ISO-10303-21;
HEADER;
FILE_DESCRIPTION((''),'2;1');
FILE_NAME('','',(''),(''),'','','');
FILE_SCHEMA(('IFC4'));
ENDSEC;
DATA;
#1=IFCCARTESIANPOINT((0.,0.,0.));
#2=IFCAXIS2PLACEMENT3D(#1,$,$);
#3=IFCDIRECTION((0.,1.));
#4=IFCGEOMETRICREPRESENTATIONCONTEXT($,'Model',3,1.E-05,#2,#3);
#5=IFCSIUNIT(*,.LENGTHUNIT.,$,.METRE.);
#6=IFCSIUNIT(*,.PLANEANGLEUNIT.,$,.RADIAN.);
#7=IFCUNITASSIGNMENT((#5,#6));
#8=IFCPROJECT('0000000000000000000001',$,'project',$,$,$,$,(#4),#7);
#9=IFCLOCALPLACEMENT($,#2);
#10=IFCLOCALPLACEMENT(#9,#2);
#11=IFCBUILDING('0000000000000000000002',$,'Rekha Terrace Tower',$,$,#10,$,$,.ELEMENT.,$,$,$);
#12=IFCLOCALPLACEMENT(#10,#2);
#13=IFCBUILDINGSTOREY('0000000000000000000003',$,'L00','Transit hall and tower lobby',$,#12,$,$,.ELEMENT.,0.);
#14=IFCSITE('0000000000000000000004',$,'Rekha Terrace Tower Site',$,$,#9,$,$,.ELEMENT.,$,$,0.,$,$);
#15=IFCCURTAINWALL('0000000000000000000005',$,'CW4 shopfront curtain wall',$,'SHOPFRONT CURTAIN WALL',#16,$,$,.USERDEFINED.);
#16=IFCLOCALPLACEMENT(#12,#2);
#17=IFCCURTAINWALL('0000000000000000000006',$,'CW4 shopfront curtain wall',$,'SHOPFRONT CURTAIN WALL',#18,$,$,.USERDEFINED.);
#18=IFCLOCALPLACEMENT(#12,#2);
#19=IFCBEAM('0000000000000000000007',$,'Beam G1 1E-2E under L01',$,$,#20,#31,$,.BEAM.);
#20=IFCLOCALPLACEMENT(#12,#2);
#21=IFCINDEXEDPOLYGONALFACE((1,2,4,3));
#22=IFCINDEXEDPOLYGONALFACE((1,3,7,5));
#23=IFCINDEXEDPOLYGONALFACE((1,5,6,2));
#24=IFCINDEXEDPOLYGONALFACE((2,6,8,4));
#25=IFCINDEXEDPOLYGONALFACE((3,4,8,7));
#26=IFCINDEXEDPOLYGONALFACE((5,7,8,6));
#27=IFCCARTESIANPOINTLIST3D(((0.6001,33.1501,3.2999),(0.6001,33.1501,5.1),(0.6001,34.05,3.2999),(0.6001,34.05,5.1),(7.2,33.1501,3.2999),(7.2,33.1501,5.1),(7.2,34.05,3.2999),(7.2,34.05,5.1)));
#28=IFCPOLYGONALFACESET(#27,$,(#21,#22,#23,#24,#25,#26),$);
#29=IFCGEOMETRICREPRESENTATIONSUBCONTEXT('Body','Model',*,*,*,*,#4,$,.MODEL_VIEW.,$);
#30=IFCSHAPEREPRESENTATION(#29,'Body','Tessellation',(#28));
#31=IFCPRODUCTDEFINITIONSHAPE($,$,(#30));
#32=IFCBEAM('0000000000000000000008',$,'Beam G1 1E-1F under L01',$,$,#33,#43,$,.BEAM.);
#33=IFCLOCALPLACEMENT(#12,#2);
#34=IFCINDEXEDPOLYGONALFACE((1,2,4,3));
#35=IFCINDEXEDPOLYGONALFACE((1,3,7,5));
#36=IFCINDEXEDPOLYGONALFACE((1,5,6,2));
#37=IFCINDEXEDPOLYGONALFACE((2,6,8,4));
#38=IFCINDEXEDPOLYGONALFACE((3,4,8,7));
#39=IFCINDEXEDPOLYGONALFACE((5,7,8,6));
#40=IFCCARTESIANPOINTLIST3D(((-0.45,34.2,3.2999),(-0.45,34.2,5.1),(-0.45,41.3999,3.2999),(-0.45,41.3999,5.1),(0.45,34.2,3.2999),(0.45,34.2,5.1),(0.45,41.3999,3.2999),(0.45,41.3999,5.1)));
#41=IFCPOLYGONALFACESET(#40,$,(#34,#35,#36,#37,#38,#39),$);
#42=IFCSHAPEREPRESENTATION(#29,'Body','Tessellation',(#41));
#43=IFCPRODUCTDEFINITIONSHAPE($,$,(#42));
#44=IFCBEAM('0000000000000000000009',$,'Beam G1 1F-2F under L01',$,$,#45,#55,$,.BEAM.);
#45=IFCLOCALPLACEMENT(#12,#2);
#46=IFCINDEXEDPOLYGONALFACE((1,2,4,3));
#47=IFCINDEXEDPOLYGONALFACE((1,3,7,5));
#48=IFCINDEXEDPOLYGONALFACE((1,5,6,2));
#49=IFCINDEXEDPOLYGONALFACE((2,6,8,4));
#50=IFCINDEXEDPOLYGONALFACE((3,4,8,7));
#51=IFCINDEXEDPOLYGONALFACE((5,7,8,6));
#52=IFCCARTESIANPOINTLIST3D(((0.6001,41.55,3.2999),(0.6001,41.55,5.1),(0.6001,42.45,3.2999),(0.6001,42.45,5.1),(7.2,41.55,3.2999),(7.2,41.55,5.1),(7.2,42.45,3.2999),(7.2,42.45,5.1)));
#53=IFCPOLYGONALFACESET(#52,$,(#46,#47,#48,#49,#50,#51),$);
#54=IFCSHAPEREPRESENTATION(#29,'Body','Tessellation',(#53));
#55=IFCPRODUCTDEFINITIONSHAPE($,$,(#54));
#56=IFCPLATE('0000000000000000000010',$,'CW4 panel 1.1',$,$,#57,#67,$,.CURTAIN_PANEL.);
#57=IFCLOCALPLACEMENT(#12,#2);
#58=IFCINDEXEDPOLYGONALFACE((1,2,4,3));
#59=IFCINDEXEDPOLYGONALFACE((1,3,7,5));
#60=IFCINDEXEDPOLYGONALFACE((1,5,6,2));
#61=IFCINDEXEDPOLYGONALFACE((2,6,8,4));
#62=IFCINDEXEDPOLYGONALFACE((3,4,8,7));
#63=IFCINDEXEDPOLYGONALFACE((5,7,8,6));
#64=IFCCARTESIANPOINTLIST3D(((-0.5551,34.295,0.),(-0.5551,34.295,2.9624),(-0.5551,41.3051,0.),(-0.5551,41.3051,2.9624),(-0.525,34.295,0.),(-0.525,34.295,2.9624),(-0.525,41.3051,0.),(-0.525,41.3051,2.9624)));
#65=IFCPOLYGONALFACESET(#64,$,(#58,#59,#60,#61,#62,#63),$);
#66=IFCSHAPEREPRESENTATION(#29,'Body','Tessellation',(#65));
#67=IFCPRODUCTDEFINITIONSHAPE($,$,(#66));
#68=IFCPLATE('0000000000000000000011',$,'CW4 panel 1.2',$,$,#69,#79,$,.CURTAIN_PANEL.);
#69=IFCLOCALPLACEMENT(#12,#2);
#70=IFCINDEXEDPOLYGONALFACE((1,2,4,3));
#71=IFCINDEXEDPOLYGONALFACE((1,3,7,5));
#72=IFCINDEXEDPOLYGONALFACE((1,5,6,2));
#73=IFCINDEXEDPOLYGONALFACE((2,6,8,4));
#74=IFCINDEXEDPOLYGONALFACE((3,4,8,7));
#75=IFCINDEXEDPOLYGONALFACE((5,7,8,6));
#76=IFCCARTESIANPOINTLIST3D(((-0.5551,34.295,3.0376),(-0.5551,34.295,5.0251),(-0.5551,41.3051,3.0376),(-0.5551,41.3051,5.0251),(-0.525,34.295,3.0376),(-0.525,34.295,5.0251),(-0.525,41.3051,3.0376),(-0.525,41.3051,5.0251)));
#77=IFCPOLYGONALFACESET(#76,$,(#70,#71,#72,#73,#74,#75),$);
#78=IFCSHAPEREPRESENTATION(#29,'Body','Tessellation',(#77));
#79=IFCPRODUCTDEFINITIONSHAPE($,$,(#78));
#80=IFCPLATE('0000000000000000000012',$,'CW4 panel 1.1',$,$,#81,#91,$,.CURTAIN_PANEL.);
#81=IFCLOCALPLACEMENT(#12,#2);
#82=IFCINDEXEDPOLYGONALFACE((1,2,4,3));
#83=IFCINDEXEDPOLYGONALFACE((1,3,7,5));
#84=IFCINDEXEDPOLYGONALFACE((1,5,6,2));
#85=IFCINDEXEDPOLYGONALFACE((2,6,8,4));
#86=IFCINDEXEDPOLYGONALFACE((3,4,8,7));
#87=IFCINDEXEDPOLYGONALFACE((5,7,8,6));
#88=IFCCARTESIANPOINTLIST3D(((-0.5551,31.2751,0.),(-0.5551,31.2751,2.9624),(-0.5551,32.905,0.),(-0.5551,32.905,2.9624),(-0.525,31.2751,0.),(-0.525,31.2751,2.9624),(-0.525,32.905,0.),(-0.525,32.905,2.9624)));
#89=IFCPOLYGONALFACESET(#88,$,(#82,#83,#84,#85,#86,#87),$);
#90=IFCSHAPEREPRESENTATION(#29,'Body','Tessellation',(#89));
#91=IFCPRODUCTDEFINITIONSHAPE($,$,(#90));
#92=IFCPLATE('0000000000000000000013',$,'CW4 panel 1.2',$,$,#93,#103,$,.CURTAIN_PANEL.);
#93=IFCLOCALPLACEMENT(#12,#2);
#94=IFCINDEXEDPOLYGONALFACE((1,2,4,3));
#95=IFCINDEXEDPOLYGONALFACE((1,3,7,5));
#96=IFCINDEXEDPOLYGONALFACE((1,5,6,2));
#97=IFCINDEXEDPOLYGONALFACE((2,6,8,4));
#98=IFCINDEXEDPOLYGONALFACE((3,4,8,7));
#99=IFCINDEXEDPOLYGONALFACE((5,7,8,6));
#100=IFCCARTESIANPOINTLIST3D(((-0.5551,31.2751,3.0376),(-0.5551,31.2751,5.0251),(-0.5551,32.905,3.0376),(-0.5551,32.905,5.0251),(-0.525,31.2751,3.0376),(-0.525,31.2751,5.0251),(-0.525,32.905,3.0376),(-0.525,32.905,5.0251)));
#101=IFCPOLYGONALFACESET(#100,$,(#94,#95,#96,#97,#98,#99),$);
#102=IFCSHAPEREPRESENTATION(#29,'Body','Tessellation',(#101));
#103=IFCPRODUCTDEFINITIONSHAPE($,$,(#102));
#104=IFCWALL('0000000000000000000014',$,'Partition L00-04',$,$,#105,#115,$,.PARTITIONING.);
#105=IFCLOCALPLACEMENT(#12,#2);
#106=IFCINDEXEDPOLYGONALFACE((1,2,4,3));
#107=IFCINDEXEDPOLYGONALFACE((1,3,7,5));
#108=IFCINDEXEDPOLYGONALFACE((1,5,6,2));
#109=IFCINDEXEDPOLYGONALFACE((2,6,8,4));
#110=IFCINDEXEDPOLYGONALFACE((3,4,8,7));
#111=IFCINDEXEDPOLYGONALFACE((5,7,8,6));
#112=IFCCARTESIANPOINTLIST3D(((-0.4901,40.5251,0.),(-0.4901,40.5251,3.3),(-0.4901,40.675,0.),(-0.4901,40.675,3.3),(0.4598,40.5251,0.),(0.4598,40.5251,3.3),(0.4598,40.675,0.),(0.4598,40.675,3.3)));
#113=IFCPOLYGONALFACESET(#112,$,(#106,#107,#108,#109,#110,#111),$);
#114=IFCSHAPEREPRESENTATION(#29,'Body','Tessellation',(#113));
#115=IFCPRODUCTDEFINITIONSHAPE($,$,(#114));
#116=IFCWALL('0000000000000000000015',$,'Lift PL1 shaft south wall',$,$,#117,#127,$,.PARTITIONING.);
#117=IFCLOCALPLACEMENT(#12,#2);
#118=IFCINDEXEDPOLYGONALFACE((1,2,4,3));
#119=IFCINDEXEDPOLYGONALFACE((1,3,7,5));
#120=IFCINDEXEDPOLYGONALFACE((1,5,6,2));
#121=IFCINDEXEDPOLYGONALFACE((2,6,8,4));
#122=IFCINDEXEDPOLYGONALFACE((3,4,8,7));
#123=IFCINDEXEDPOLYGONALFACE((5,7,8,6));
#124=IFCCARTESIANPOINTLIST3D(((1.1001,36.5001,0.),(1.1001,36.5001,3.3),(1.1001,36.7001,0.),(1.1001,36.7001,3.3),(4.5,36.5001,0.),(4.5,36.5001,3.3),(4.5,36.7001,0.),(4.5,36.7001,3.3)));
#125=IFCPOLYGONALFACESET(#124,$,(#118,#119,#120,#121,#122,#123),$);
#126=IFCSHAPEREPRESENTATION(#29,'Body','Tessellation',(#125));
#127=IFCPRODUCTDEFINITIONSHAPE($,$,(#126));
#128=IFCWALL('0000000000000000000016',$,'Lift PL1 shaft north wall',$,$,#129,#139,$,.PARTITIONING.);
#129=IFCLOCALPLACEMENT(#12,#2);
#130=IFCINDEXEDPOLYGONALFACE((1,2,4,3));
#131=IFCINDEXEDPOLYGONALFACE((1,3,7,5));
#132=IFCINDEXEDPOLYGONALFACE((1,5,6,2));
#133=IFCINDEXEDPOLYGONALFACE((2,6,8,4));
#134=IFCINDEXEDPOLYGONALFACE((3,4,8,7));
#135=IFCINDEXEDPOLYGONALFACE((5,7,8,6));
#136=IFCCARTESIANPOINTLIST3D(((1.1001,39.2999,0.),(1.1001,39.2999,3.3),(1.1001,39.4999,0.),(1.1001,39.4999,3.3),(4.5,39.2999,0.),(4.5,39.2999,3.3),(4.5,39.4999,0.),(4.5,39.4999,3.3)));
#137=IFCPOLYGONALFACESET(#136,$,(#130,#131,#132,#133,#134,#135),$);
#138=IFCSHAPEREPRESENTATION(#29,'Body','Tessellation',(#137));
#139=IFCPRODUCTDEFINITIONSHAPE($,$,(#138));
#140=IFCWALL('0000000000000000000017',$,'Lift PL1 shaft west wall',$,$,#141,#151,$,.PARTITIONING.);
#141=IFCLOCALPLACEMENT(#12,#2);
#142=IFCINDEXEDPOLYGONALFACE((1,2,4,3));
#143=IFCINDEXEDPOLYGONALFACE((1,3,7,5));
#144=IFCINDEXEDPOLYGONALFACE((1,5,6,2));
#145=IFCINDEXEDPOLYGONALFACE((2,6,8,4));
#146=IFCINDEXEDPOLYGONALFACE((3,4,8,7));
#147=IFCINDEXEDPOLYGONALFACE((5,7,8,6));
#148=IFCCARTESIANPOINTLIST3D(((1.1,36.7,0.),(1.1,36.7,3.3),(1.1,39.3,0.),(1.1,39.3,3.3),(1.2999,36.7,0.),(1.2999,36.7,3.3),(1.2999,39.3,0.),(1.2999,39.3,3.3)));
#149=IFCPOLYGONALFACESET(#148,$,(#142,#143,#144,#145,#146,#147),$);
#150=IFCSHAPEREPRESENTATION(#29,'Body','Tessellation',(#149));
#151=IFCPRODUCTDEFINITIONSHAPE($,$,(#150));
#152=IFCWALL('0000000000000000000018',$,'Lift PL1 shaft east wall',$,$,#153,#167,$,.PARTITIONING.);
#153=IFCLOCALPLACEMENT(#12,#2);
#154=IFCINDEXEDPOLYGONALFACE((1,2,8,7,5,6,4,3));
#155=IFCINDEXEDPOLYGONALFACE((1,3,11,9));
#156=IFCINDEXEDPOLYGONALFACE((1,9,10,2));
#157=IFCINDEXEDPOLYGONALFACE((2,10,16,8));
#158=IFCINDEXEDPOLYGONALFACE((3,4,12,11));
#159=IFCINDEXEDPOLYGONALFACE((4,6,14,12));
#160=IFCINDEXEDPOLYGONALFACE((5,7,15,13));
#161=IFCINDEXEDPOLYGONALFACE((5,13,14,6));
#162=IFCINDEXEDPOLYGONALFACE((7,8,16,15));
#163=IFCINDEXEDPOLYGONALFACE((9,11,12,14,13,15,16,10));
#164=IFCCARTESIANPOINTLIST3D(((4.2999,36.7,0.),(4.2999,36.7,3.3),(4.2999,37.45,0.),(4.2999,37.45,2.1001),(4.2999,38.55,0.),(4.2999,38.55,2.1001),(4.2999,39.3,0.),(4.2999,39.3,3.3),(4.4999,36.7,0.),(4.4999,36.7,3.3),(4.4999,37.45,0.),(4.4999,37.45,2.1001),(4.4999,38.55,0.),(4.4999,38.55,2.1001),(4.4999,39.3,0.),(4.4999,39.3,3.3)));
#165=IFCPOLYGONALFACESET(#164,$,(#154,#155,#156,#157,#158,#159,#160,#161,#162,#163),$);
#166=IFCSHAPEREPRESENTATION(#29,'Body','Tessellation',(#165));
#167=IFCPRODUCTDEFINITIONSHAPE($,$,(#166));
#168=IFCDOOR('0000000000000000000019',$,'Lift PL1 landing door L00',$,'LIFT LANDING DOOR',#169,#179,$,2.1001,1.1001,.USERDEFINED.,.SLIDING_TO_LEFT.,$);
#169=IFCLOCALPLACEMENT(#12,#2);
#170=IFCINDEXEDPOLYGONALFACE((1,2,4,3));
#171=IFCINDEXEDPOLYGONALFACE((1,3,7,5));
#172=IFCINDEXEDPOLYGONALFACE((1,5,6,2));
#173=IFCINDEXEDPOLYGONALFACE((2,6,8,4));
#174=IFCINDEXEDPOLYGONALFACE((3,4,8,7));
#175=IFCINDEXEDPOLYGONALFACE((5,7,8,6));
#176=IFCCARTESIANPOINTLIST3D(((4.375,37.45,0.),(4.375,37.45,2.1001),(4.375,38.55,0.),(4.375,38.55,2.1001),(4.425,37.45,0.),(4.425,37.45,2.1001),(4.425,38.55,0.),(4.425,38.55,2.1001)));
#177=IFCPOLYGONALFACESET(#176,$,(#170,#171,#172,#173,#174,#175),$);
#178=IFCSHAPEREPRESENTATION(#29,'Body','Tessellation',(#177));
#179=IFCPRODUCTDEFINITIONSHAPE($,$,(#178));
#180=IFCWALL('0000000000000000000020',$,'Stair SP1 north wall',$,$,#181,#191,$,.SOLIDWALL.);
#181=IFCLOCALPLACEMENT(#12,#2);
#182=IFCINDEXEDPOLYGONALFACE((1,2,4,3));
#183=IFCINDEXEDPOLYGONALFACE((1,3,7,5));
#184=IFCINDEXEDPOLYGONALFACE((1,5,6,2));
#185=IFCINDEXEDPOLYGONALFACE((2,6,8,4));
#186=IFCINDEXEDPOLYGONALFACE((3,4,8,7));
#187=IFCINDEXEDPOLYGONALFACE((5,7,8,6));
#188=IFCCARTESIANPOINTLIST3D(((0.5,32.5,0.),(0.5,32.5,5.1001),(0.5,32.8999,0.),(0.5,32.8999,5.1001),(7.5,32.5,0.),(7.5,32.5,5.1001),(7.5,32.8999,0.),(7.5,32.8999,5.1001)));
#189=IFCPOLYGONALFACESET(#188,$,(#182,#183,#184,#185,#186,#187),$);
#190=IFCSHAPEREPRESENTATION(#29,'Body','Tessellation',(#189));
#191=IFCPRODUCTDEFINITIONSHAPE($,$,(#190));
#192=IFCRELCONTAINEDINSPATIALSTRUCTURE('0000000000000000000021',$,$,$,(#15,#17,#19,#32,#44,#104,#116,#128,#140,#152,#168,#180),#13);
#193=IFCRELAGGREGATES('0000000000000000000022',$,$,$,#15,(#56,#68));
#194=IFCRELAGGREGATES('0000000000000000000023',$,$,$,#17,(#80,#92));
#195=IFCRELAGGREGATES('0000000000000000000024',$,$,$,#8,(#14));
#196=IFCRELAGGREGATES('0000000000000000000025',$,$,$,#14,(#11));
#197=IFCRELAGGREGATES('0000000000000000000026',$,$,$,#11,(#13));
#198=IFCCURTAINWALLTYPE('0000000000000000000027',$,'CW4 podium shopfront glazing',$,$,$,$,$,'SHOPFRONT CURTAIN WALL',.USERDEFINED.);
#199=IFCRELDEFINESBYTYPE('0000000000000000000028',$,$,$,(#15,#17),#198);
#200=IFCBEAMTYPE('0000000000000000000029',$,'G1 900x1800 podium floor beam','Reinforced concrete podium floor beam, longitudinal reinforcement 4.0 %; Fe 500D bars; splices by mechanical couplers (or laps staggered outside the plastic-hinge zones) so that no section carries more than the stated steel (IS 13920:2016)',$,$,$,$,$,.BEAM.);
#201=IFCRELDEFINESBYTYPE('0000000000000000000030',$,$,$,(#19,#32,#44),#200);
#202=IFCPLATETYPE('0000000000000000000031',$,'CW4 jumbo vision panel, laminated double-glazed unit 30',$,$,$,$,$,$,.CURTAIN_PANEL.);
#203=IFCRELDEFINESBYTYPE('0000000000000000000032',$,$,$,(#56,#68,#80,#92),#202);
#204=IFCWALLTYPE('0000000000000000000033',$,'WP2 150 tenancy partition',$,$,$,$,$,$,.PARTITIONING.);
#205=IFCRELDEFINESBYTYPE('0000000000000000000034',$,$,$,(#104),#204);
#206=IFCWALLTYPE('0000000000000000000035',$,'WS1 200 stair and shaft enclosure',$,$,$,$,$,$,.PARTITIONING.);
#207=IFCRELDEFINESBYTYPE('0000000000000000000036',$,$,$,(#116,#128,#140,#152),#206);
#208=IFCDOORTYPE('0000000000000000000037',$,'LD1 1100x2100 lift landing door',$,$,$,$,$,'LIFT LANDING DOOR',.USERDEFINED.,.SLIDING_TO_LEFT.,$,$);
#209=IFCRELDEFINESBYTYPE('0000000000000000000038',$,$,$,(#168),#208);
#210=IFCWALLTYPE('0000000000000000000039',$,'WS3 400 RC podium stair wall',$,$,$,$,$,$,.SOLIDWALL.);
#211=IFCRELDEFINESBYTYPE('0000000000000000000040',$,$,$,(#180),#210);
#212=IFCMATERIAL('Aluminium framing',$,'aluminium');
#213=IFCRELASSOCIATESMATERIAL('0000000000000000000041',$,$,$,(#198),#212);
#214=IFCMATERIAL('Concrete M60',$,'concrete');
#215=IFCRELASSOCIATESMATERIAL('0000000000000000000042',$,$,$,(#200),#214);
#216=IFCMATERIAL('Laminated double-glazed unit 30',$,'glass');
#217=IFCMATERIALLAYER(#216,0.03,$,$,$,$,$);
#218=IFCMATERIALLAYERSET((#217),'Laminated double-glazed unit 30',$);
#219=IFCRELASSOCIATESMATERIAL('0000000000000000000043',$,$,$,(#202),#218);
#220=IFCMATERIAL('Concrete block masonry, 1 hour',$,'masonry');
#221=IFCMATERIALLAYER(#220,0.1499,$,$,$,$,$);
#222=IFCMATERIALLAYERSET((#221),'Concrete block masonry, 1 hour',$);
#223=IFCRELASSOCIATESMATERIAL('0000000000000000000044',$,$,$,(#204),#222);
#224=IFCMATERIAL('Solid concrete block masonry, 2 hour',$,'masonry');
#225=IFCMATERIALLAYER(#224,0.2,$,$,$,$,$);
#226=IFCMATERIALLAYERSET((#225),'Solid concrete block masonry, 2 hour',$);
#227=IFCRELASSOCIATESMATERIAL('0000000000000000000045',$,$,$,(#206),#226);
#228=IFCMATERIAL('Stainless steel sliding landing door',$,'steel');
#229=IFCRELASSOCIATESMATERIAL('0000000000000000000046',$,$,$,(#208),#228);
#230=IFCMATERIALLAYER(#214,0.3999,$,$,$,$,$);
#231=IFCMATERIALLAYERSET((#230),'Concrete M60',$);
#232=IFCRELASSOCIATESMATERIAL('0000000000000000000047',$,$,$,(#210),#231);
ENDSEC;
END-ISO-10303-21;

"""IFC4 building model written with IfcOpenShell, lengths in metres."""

from ifc_helpers import new_model, si_unit, direction, frame, frame_2d, origin, origin_2d, place, context, subcontext, project, spatial, rectangle, extrude, material, layer, layer_set, material_profile, profile_set, type_object, element, fill, aggregate, save


model = new_model("IFC4")

# Units and contexts
model_context = context("Model", 3, precision=1e-05, world=origin(), true_north=direction((0.0, 1.0)))
body_context = subcontext(model_context, "Body", "Model", "MODEL_VIEW")
ifc_project = project(units=[si_unit("LENGTHUNIT", "METRE"), si_unit("PLANEANGLEUNIT", "RADIAN")], contexts=[model_context])

# Site, building, storey
site_placement = place(None, origin())
site = spatial("IfcSite", under=ifc_project, at=site_placement, Name="Rekha Terrace Tower Site", CompositionType="ELEMENT", RefElevation=0.0)
building_placement = place(site_placement, origin())
building = spatial("IfcBuilding", under=site, at=building_placement, Name="Rekha Terrace Tower", CompositionType="ELEMENT")
storey_placement = place(building_placement, origin())
storey = spatial("IfcBuildingStorey", under=building, at=storey_placement, Name="L00", Description="Transit hall and tower lobby", CompositionType="ELEMENT", Elevation=0.0)

# Shared definitions
ifc_material_1 = material(Name="Concrete M60", Category="concrete")

# Curtain walls
ifc_material_2 = material(Name="Aluminium framing", Category="aluminium")
curtain_wall_type = type_object("IfcCurtainWallType", Name="CW4 podium shopfront glazing", ElementType="SHOPFRONT CURTAIN WALL", PredefinedType="USERDEFINED", material=ifc_material_2)
curtain_wall_1_placement = place(storey_placement, origin())
curtain_wall_1 = element("IfcCurtainWall", 1, at=curtain_wall_1_placement, inside=storey, type_object=curtain_wall_type, Name="CW4 shopfront curtain wall", ObjectType="SHOPFRONT CURTAIN WALL", PredefinedType="USERDEFINED")
curtain_wall_2_placement = place(storey_placement, origin())
curtain_wall_2 = element("IfcCurtainWall", 2, at=curtain_wall_2_placement, inside=storey, type_object=curtain_wall_type, Name="CW4 shopfront curtain wall", ObjectType="SHOPFRONT CURTAIN WALL", PredefinedType="USERDEFINED")

# Beams
ifc_material_profile_1 = material_profile(ifc_material_1, rectangle(XDim=0.8999, YDim=1.8, at=origin_2d()), Name="RC 900x1800")
ifc_profile_set_1 = profile_set([ifc_material_profile_1], Name="Concrete M60")
beam_type = type_object("IfcBeamType", Name="G1 900x1800 podium floor beam", Description="Reinforced concrete podium floor beam, longitudinal reinforcement 4.0 %; Fe 500D bars; splices by mechanical couplers (or laps staggered outside the plastic-hinge zones) so that no section carries more than the stated steel (IS 13920:2016)", PredefinedType="BEAM", material=ifc_profile_set_1)
beam_1_placement = place(storey_placement, frame((0.6001, 33.6001, 4.2), z_axis=(1.0, 0.0, 0.0), x_axis=(0.0, 1.0, 0.0)))
element("IfcBeam", 3, at=beam_1_placement, inside=storey, type_object=beam_type, Name="Beam G1 1E-2E under L01", PredefinedType="BEAM", context=body_context, shape_type="SweptSolid", body=[
    extrude(rectangle(XDim=0.8999, YDim=1.8, at=origin_2d()), origin(), (0.0, 0.0, 1.0), 6.5999),
])
beam_2_placement = place(storey_placement, frame((0.0, 34.2, 4.2), z_axis=(0.0, 1.0, 0.0), x_axis=(-1.0, 0.0, 0.0)))
element("IfcBeam", 4, at=beam_2_placement, inside=storey, type_object=beam_type, Name="Beam G1 1E-1F under L01", PredefinedType="BEAM", context=body_context, shape_type="SweptSolid", body=[
    extrude(rectangle(XDim=0.8999, YDim=1.8, at=origin_2d()), origin(), (0.0, 0.0, 1.0), 7.2),
])
beam_3_placement = place(storey_placement, frame((0.6001, 42.0, 4.2), z_axis=(1.0, 0.0, 0.0), x_axis=(0.0, 1.0, 0.0)))
element("IfcBeam", 5, at=beam_3_placement, inside=storey, type_object=beam_type, Name="Beam G1 1F-2F under L01", PredefinedType="BEAM", context=body_context, shape_type="SweptSolid", body=[
    extrude(rectangle(XDim=0.8999, YDim=1.8, at=origin_2d()), origin(), (0.0, 0.0, 1.0), 6.5999),
])

# Plates
ifc_material_3 = material(Name="Laminated double-glazed unit 30", Category="glass")
ifc_layer_1 = layer(ifc_material_3, 0.03)
ifc_layer_set_1 = layer_set([ifc_layer_1], Name="Laminated double-glazed unit 30")
plate_type = type_object("IfcPlateType", Name="CW4 jumbo vision panel, laminated double-glazed unit 30", PredefinedType="CURTAIN_PANEL", material=ifc_layer_set_1)
plate_1_placement = place(storey_placement, frame((-0.54, 37.8, 0.0), z_axis=(0.0, 0.0, 1.0), x_axis=(0.0, -1.0, 0.0)))
plate_1 = element("IfcPlate", 6, at=plate_1_placement, type_object=plate_type, Name="CW4 panel 1.1", PredefinedType="CURTAIN_PANEL", context=body_context, shape_type="SweptSolid", body=[
    extrude(rectangle(XDim=7.01, YDim=0.03, at=origin_2d()), origin(), (0.0, 0.0, 1.0), 2.9624),
])
plate_2_placement = place(storey_placement, frame((-0.54, 37.8, 3.0376), z_axis=(0.0, 0.0, 1.0), x_axis=(0.0, -1.0, 0.0)))
plate_2 = element("IfcPlate", 7, at=plate_2_placement, type_object=plate_type, Name="CW4 panel 1.2", PredefinedType="CURTAIN_PANEL", context=body_context, shape_type="SweptSolid", body=[
    extrude(rectangle(XDim=7.01, YDim=0.03, at=origin_2d()), origin(), (0.0, 0.0, 1.0), 1.9875),
])
aggregate(curtain_wall_1, [plate_1, plate_2])
plate_3_placement = place(storey_placement, frame((-0.54, 32.0901, 0.0), z_axis=(0.0, 0.0, 1.0), x_axis=(0.0, -1.0, 0.0)))
plate_3 = element("IfcPlate", 8, at=plate_3_placement, type_object=plate_type, Name="CW4 panel 1.1", PredefinedType="CURTAIN_PANEL", context=body_context, shape_type="SweptSolid", body=[
    extrude(rectangle(XDim=1.6299, YDim=0.03, at=origin_2d()), origin(), (0.0, 0.0, 1.0), 2.9624),
])
plate_4_placement = place(storey_placement, frame((-0.54, 32.0901, 3.0376), z_axis=(0.0, 0.0, 1.0), x_axis=(0.0, -1.0, 0.0)))
plate_4 = element("IfcPlate", 9, at=plate_4_placement, type_object=plate_type, Name="CW4 panel 1.2", PredefinedType="CURTAIN_PANEL", context=body_context, shape_type="SweptSolid", body=[
    extrude(rectangle(XDim=1.6299, YDim=0.03, at=origin_2d()), origin(), (0.0, 0.0, 1.0), 1.9875),
])
aggregate(curtain_wall_2, [plate_3, plate_4])

# Walls
ifc_material_4 = material(Name="Concrete block masonry, 1 hour", Category="masonry")
ifc_layer_2 = layer(ifc_material_4, 0.1499)
ifc_layer_set_2 = layer_set([ifc_layer_2], Name="Concrete block masonry, 1 hour")
wall_type_1 = type_object("IfcWallType", Name="WP2 150 tenancy partition", PredefinedType="PARTITIONING", material=ifc_layer_set_2)
wall_1_placement = place(storey_placement, frame((0.46, 40.6001, 0.0), z_axis=(0.0, 0.0, 1.0), x_axis=(-1.0, 0.0, 0.0)))
element("IfcWall", 10, at=wall_1_placement, inside=storey, type_object=wall_type_1, Name="Partition L00-04", PredefinedType="PARTITIONING", context=body_context, shape_type="SweptSolid", body=[
    extrude(rectangle(XDim=0.95, YDim=0.1499, at=frame_2d((0.4751, 0.0))), origin(), (0.0, 0.0, 1.0), 3.3),
])
ifc_material_5 = material(Name="Solid concrete block masonry, 2 hour", Category="masonry")
ifc_layer_3 = layer(ifc_material_5, 0.2)
ifc_layer_set_3 = layer_set([ifc_layer_3], Name="Solid concrete block masonry, 2 hour")
wall_type_2 = type_object("IfcWallType", Name="WS1 200 stair and shaft enclosure", PredefinedType="PARTITIONING", material=ifc_layer_set_3)
for number, where, z_axis, x_axis, name in (
    (11, (1.1001, 36.6001, 0.0), (0.0, 0.0, 1.0), (1.0, 0.0, 0.0), "Lift PL1 shaft south wall"),
    (12, (1.1001, 39.3999, 0.0), (0.0, 0.0, 1.0), (1.0, 0.0, 0.0), "Lift PL1 shaft north wall"),
):
    element("IfcWall", number, at=place(storey_placement, frame(where, z_axis=z_axis, x_axis=x_axis)), inside=storey, type_object=wall_type_2, Name=name, PredefinedType="PARTITIONING", context=body_context, shape_type="SweptSolid", body=[
        extrude(rectangle(XDim=3.3999, YDim=0.2, at=frame_2d((1.7, 0.0))), origin(), (0.0, 0.0, 1.0), 3.3),
    ])
wall_2_placement = place(storey_placement, frame((1.2, 36.7, 0.0), z_axis=(0.0, 0.0, 1.0), x_axis=(0.0, 1.0, 0.0)))
element("IfcWall", 13, at=wall_2_placement, inside=storey, type_object=wall_type_2, Name="Lift PL1 shaft west wall", PredefinedType="PARTITIONING", context=body_context, shape_type="SweptSolid", body=[
    extrude(rectangle(XDim=2.6001, YDim=0.2, at=frame_2d((1.3, 0.0))), origin(), (0.0, 0.0, 1.0), 3.3),
])

# Wall, opening, door
wall_3_placement = place(storey_placement, frame((4.3999, 36.7, 0.0), z_axis=(0.0, 0.0, 1.0), x_axis=(0.0, 1.0, 0.0)))
wall_3 = element("IfcWall", 14, at=wall_3_placement, inside=storey, type_object=wall_type_2, Name="Lift PL1 shaft east wall", PredefinedType="PARTITIONING", context=body_context, shape_type="SweptSolid", body=[
    extrude(rectangle(XDim=2.6001, YDim=0.2, at=frame_2d((1.3, 0.0))), origin(), (0.0, 0.0, 1.0), 3.3),
])
opening_placement = place(wall_3_placement, frame((0.75, 0.0, 0.0)))
opening = element("IfcOpeningElement", 15, at=opening_placement, cuts=wall_3, PredefinedType="OPENING", context=body_context, shape_type="SweptSolid", body=[
    extrude(rectangle(XDim=1.1001, YDim=2.1001, at=frame_2d((0.55, 1.05))), frame((0.0, 0.1099, 0.0), z_axis=(0.0, -1.0, 0.0), x_axis=(1.0, 0.0, 0.0)), (0.0, 0.0, 1.0), 0.22),
])
ifc_material_6 = material(Name="Stainless steel sliding landing door", Category="steel")
door_type = type_object("IfcDoorType", Name="LD1 1100x2100 lift landing door", ElementType="LIFT LANDING DOOR", OperationType="SLIDING_TO_LEFT", PredefinedType="USERDEFINED", material=ifc_material_6)
door_placement = place(opening_placement, origin())
door = element("IfcDoor", 16, at=door_placement, inside=storey, type_object=door_type, Name="Lift PL1 landing door L00", ObjectType="LIFT LANDING DOOR", OperationType="SLIDING_TO_LEFT", OverallHeight=2.1001, OverallWidth=1.1001, PredefinedType="USERDEFINED", context=body_context, shape_type="SweptSolid", body=[
    extrude(rectangle(XDim=1.1001, YDim=2.1001, at=frame_2d((0.55, 1.05))), frame((0.0, 0.0249, 0.0), z_axis=(0.0, -1.0, 0.0), x_axis=(1.0, 0.0, 0.0)), (0.0, 0.0, 1.0), 0.05),
])
fill(opening, door)

# Wall
ifc_layer_4 = layer(ifc_material_1, 0.3999)
ifc_layer_set_4 = layer_set([ifc_layer_4], Name="Concrete M60")
wall_type_3 = type_object("IfcWallType", Name="WS3 400 RC podium stair wall", PredefinedType="SOLIDWALL", material=ifc_layer_set_4)
wall_4_placement = place(storey_placement, frame((0.5, 32.7, 0.0), z_axis=(0.0, 0.0, 1.0), x_axis=(1.0, 0.0, 0.0)))
element("IfcWall", 17, at=wall_4_placement, inside=storey, type_object=wall_type_3, Name="Stair SP1 north wall", PredefinedType="SOLIDWALL", context=body_context, shape_type="SweptSolid", body=[
    extrude(rectangle(XDim=7.0, YDim=0.3999, at=frame_2d((3.5, 0.0))), origin(), (0.0, 0.0, 1.0), 5.1001),
])

save(model, "model.ifc")
